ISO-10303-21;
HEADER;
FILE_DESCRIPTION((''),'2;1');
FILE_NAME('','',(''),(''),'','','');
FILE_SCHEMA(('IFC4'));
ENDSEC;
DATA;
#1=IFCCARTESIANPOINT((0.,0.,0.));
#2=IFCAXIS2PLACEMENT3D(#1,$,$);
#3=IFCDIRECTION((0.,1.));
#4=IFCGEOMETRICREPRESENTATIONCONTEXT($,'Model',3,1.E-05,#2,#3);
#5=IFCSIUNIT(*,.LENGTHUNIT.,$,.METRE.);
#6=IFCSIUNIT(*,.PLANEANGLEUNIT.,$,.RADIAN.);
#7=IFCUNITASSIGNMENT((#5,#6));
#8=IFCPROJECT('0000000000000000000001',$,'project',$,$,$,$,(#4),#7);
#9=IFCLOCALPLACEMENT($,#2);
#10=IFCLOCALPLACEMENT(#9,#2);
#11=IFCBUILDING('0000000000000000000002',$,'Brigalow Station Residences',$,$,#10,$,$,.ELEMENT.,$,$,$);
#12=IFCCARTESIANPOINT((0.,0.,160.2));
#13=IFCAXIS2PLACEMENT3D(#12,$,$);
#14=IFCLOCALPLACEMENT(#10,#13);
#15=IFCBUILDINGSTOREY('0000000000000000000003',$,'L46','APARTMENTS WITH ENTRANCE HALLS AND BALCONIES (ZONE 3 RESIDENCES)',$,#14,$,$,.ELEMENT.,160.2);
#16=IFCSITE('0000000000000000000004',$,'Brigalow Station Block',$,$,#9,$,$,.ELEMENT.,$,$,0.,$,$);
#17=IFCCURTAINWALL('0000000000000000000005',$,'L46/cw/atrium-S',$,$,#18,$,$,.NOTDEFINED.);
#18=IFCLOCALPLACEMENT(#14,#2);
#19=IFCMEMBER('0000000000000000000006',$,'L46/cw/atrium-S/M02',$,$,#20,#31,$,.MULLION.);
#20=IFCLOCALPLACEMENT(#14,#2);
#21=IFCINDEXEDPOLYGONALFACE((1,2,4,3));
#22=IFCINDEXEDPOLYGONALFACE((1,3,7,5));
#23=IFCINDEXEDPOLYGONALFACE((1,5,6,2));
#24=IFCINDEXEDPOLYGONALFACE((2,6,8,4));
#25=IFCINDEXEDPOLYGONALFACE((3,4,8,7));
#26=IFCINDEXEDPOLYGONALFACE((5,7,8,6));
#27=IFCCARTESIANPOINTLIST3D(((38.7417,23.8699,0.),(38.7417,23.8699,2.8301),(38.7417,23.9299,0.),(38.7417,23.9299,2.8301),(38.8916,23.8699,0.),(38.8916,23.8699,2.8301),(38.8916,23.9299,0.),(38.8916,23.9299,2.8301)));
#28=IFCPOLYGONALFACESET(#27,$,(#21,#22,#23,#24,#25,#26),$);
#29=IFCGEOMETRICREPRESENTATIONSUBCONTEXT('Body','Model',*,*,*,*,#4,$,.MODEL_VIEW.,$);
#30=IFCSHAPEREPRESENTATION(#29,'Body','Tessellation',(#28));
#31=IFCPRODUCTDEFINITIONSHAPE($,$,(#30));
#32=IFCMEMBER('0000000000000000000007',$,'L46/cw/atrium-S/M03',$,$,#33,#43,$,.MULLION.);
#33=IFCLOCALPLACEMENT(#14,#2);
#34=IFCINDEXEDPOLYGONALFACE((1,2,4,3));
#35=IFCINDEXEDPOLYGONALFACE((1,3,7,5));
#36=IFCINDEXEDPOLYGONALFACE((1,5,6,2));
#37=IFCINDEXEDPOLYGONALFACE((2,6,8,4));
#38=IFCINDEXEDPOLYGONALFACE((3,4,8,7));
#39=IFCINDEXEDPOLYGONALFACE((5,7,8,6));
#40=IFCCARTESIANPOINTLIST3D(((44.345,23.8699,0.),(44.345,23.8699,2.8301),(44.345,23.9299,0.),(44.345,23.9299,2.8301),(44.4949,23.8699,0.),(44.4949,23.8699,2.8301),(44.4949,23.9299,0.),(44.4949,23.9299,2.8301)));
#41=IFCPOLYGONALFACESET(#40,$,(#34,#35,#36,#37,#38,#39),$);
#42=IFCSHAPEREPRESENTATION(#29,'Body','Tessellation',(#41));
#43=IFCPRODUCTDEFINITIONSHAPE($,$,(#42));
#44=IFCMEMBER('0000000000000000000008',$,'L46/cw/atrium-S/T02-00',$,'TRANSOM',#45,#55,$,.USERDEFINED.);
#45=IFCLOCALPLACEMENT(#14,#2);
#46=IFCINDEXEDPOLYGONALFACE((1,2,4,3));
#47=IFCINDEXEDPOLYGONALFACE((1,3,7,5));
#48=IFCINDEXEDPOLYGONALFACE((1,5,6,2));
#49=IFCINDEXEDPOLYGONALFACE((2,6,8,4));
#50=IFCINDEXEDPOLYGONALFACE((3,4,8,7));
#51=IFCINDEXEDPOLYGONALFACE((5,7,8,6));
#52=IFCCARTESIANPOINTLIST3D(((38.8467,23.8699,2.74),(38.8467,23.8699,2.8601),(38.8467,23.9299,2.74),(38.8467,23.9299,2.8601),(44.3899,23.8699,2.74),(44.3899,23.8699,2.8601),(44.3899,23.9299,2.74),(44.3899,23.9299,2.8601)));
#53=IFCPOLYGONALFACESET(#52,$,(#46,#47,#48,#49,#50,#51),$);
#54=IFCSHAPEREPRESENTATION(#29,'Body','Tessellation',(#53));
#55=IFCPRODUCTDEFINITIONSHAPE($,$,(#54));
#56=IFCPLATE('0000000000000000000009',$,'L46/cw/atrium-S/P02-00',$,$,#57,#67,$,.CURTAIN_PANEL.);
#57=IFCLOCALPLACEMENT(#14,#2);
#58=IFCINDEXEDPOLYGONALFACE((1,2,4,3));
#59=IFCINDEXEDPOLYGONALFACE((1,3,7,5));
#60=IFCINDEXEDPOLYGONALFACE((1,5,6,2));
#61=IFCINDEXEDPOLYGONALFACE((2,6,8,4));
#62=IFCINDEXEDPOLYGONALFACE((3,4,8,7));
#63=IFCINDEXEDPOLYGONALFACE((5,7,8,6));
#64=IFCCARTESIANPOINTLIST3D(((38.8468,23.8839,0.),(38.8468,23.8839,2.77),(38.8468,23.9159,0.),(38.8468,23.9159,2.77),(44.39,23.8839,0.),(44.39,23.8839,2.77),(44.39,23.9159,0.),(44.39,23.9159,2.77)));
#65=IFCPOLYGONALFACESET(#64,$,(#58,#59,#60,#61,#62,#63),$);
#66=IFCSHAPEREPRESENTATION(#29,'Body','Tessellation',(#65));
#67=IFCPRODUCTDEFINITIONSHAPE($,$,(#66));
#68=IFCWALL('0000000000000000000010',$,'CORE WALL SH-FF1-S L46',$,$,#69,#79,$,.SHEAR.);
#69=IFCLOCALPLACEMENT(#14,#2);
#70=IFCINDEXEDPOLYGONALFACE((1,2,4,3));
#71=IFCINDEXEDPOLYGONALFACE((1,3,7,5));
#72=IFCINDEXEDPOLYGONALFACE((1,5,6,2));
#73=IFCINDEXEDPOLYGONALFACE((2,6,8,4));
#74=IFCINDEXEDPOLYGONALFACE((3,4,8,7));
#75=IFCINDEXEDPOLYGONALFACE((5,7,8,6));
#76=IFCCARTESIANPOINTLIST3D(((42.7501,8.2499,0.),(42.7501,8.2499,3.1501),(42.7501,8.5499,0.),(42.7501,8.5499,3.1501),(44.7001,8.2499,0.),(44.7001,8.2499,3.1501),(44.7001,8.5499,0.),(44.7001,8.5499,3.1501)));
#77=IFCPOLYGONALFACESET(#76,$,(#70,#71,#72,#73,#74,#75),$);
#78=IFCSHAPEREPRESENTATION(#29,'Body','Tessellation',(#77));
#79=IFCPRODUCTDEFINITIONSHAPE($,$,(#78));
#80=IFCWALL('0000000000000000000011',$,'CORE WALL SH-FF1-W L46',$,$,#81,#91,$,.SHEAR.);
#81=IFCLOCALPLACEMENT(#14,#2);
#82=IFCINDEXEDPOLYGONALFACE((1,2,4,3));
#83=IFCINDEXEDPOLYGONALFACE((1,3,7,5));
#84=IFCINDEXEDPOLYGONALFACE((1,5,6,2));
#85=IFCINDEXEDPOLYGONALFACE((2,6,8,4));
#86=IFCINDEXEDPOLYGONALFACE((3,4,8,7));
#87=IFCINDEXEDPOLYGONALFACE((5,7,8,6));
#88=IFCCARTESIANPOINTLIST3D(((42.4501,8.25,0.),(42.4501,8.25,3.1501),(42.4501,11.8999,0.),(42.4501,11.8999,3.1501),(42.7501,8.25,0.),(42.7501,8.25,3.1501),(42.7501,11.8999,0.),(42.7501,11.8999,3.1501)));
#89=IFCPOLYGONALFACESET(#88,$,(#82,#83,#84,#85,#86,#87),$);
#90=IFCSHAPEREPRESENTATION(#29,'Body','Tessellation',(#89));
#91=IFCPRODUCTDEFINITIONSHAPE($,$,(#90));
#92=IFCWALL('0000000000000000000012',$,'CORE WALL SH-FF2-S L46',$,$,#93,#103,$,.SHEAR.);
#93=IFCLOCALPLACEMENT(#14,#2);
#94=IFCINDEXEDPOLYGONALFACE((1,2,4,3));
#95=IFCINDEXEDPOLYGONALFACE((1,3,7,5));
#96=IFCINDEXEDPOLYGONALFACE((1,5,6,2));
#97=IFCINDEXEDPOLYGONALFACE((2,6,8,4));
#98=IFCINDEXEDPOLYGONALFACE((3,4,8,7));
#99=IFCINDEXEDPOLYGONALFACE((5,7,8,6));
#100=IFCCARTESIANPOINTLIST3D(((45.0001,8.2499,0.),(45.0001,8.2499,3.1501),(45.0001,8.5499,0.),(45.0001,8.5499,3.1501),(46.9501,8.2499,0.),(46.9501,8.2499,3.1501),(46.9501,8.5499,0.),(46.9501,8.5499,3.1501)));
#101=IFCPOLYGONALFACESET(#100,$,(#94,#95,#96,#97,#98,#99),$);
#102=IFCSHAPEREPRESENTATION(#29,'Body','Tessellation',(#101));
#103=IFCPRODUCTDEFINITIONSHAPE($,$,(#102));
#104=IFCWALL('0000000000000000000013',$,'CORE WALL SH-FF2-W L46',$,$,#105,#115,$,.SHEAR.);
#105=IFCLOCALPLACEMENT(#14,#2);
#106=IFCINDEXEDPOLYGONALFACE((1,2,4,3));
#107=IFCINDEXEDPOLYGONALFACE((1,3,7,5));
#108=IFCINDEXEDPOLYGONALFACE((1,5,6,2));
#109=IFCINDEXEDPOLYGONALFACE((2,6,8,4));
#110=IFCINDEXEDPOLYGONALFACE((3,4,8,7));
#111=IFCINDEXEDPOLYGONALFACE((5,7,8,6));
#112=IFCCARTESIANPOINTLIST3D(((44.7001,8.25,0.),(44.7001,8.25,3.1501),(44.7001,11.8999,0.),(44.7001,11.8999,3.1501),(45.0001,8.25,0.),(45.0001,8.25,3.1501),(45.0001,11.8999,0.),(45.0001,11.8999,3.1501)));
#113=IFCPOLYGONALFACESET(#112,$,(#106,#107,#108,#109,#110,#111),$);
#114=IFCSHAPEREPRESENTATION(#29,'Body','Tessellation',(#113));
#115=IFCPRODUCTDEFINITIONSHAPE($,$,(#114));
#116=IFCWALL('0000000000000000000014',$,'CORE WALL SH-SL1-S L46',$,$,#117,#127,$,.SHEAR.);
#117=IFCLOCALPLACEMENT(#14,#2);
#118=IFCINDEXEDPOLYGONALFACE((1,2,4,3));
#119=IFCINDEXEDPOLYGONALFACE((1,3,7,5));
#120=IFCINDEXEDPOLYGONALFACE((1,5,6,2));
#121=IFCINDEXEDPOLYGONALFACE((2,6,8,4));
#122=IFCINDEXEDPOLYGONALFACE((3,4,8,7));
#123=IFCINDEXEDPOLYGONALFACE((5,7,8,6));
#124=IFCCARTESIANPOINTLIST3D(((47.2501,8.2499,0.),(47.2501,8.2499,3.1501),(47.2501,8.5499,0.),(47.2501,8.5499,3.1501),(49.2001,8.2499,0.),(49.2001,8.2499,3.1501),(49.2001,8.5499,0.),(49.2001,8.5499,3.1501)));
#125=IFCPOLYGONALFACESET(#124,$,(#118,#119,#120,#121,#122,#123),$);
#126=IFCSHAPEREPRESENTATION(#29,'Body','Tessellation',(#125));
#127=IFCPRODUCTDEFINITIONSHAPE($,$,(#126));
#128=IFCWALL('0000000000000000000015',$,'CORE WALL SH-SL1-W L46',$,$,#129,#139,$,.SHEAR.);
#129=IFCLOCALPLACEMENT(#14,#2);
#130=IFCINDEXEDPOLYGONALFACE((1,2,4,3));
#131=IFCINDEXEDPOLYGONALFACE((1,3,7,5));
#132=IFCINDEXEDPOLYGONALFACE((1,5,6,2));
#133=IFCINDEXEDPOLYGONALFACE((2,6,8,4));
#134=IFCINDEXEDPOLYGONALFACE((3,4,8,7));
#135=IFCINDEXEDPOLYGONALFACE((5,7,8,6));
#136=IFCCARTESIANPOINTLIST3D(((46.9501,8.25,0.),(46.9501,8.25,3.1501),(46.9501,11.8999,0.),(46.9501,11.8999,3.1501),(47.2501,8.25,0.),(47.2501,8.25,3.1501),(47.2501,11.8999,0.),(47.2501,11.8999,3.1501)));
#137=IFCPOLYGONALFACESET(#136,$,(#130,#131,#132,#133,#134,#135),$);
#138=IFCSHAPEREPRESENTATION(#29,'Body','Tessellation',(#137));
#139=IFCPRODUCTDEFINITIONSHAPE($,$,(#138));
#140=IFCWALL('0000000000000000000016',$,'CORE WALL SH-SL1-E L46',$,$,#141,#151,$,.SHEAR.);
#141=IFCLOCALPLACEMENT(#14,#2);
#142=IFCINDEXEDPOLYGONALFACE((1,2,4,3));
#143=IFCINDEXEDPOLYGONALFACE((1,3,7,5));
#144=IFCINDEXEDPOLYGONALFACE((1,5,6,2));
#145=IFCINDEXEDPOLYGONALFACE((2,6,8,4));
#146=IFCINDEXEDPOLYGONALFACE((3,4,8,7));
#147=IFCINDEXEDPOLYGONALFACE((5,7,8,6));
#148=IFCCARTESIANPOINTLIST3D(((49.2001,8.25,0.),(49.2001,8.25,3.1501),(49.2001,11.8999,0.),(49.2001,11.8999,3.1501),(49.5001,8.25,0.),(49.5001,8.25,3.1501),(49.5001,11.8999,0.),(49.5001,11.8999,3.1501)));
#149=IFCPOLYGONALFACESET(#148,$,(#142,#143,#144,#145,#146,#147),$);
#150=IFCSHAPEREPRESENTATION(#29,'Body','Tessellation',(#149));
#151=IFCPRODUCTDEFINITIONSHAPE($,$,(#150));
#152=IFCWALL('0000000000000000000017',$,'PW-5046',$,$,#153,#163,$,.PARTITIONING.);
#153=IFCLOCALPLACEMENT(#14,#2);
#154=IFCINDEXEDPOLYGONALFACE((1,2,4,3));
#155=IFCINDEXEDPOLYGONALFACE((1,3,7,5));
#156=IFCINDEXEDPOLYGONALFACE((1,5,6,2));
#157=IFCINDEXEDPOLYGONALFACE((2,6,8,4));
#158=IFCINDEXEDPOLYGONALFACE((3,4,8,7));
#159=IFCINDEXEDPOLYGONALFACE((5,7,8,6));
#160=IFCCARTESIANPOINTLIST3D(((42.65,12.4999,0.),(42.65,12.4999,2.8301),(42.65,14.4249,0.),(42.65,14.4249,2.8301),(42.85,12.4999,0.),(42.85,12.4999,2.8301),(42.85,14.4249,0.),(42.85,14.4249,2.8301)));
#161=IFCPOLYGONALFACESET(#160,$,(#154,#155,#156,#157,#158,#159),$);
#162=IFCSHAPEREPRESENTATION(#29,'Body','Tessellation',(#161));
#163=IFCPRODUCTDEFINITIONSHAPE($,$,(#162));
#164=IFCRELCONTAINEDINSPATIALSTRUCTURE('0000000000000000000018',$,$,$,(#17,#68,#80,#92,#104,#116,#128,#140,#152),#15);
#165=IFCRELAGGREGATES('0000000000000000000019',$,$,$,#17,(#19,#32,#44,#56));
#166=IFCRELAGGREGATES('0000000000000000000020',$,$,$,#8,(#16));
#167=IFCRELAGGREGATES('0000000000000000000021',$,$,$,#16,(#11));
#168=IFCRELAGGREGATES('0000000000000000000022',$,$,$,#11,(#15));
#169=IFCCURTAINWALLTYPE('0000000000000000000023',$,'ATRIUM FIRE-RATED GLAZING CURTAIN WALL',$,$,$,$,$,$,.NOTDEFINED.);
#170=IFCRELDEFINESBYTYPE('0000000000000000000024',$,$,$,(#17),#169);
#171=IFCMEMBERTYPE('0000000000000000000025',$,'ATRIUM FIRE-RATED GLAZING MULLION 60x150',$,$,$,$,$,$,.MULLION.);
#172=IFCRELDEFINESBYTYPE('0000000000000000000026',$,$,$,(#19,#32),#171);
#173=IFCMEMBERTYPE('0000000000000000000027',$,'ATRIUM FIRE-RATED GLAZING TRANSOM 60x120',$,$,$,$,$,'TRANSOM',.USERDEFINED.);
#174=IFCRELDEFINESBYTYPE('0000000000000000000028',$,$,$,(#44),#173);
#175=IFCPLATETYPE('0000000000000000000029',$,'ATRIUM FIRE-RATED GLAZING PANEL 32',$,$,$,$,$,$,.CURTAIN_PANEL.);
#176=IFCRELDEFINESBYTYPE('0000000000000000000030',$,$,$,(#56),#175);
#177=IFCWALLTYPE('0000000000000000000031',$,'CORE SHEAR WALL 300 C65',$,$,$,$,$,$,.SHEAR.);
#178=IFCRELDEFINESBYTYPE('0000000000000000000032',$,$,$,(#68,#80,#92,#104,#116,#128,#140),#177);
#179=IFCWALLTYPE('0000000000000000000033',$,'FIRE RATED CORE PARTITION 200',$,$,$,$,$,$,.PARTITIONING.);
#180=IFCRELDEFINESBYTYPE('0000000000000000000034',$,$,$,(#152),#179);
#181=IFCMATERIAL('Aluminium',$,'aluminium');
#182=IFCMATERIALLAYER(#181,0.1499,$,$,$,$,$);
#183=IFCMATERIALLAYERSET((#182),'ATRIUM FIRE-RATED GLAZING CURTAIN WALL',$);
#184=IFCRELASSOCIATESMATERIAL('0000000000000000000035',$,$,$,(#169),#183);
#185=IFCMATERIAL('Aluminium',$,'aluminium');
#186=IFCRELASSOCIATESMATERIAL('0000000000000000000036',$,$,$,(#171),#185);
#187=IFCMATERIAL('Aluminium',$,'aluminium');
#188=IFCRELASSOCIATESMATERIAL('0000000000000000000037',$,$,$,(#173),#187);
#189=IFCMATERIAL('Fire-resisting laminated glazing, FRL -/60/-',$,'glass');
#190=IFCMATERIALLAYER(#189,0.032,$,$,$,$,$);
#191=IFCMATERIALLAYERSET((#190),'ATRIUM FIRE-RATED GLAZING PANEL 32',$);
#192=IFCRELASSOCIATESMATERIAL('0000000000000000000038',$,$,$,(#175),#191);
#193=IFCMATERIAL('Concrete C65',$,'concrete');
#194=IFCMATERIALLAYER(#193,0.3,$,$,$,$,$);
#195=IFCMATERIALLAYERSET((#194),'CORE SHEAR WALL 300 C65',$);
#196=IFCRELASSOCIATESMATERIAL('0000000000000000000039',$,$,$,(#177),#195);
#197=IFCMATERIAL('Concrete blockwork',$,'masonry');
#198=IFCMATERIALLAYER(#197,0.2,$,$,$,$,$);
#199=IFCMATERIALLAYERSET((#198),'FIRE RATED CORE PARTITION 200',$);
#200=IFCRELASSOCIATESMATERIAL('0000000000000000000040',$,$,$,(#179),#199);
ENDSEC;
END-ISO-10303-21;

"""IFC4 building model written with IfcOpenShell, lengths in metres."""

from ifc_helpers import new_model, si_unit, direction, frame, frame_2d, origin, origin_2d, place, context, subcontext, project, spatial, rectangle, extrude, material, layer, layer_set, material_profile, profile_set, type_object, element, aggregate, save


model = new_model("IFC4")

# Units and contexts
model_context = context("Model", 3, precision=1e-05, world=origin(), true_north=direction((0.0, 1.0)))
body_context = subcontext(model_context, "Body", "Model", "MODEL_VIEW")
ifc_project = project(units=[si_unit("LENGTHUNIT", "METRE"), si_unit("PLANEANGLEUNIT", "RADIAN")], contexts=[model_context])

# Site, building, storey
site_placement = place(None, origin())
site = spatial("IfcSite", under=ifc_project, at=site_placement, Name="Brigalow Station Block", CompositionType="ELEMENT", RefElevation=0.0)
building_placement = place(site_placement, origin())
building = spatial("IfcBuilding", under=site, at=building_placement, Name="Brigalow Station Residences", CompositionType="ELEMENT")
storey_placement = place(building_placement, frame((0.0, 0.0, 160.2)))
storey = spatial("IfcBuildingStorey", under=building, at=storey_placement, Name="L46", Description="APARTMENTS WITH ENTRANCE HALLS AND BALCONIES (ZONE 3 RESIDENCES)", CompositionType="ELEMENT", Elevation=160.2)

# Curtain wall, members, plate
ifc_material_1 = material(Name="Aluminium", Category="aluminium")
ifc_layer_1 = layer(ifc_material_1, 0.1499)
ifc_layer_set_1 = layer_set([ifc_layer_1], Name="ATRIUM FIRE-RATED GLAZING CURTAIN WALL")
curtain_wall_type = type_object("IfcCurtainWallType", Name="ATRIUM FIRE-RATED GLAZING CURTAIN WALL", PredefinedType="NOTDEFINED", material=ifc_layer_set_1)
curtain_wall_placement = place(storey_placement, origin())
curtain_wall = element("IfcCurtainWall", 1, at=curtain_wall_placement, inside=storey, type_object=curtain_wall_type, Name="L46/cw/atrium-S", PredefinedType="NOTDEFINED")
ifc_material_2 = material(Name="Aluminium", Category="aluminium")
ifc_material_profile_1 = material_profile(ifc_material_2, rectangle(XDim=0.0601, YDim=0.1499, at=origin_2d()), Name="ATRIUM FIRE-RATED GLAZING MULLION 60x150")
ifc_profile_set_1 = profile_set([ifc_material_profile_1], Name="Aluminium")
member_type_1 = type_object("IfcMemberType", Name="ATRIUM FIRE-RATED GLAZING MULLION 60x150", PredefinedType="MULLION", material=ifc_profile_set_1)
member_1_placement = place(storey_placement, frame((38.8167, 23.8999, 0.0), z_axis=(0.0, 0.0, 1.0), x_axis=(0.0, 1.0, 0.0)))
member_1 = element("IfcMember", 2, at=member_1_placement, type_object=member_type_1, Name="L46/cw/atrium-S/M02", PredefinedType="MULLION", context=body_context, shape_type="SweptSolid", body=[
    extrude(rectangle(XDim=0.0601, YDim=0.1499, at=origin_2d()), origin(), (0.0, 0.0, 1.0), 2.8301),
])
member_2_placement = place(storey_placement, frame((44.4199, 23.8999, 0.0), z_axis=(0.0, 0.0, 1.0), x_axis=(0.0, 1.0, 0.0)))
member_2 = element("IfcMember", 3, at=member_2_placement, type_object=member_type_1, Name="L46/cw/atrium-S/M03", PredefinedType="MULLION", context=body_context, shape_type="SweptSolid", body=[
    extrude(rectangle(XDim=0.0601, YDim=0.1499, at=origin_2d()), origin(), (0.0, 0.0, 1.0), 2.8301),
])
ifc_material_3 = material(Name="Aluminium", Category="aluminium")
ifc_material_profile_2 = material_profile(ifc_material_3, rectangle(XDim=0.0601, YDim=0.1201, at=origin_2d()), Name="ATRIUM FIRE-RATED GLAZING TRANSOM 60x120")
ifc_profile_set_2 = profile_set([ifc_material_profile_2], Name="Aluminium")
member_type_2 = type_object("IfcMemberType", Name="ATRIUM FIRE-RATED GLAZING TRANSOM 60x120", ElementType="TRANSOM", PredefinedType="USERDEFINED", material=ifc_profile_set_2)
member_3_placement = place(storey_placement, frame((38.8467, 23.8999, 2.8), z_axis=(1.0, 0.0, 0.0), x_axis=(0.0, 1.0, 0.0)))
member_3 = element("IfcMember", 4, at=member_3_placement, type_object=member_type_2, Name="L46/cw/atrium-S/T02-00", ObjectType="TRANSOM", PredefinedType="USERDEFINED", context=body_context, shape_type="SweptSolid", body=[
    extrude(rectangle(XDim=0.0601, YDim=0.1201, at=origin_2d()), origin(), (0.0, 0.0, 1.0), 5.5432),
])
ifc_material_4 = material(Name="Fire-resisting laminated glazing, FRL -/60/-", Category="glass")
ifc_layer_2 = layer(ifc_material_4, 0.032)
ifc_layer_set_2 = layer_set([ifc_layer_2], Name="ATRIUM FIRE-RATED GLAZING PANEL 32")
plate_type = type_object("IfcPlateType", Name="ATRIUM FIRE-RATED GLAZING PANEL 32", PredefinedType="CURTAIN_PANEL", material=ifc_layer_set_2)
plate_placement = place(storey_placement, frame((41.6184, 23.8999, 0.0), z_axis=(0.0, 0.0, 1.0), x_axis=(1.0, 0.0, 0.0)))
plate = element("IfcPlate", 5, at=plate_placement, type_object=plate_type, Name="L46/cw/atrium-S/P02-00", PredefinedType="CURTAIN_PANEL", context=body_context, shape_type="SweptSolid", body=[
    extrude(rectangle(XDim=5.5432, YDim=0.032, at=origin_2d()), origin(), (0.0, 0.0, 1.0), 2.77),
])
aggregate(curtain_wall, [member_1, member_2, member_3, plate])

# Walls
ifc_material_5 = material(Name="Concrete C65", Category="concrete")
ifc_layer_3 = layer(ifc_material_5, 0.3)
ifc_layer_set_3 = layer_set([ifc_layer_3], Name="CORE SHEAR WALL 300 C65")
wall_type_1 = type_object("IfcWallType", Name="CORE SHEAR WALL 300 C65", PredefinedType="SHEAR", material=ifc_layer_set_3)
wall_1_placement = place(storey_placement, frame((42.75, 8.3999, 0.0), z_axis=(0.0, 0.0, 1.0), x_axis=(1.0, 0.0, 0.0)))
element("IfcWall", 6, at=wall_1_placement, inside=storey, type_object=wall_type_1, Name="CORE WALL SH-FF1-S L46", PredefinedType="SHEAR", context=body_context, shape_type="SweptSolid", body=[
    extrude(rectangle(XDim=1.95, YDim=0.3, at=frame_2d((0.9751, 0.0))), origin(), (0.0, 0.0, 1.0), 3.1501),
])
wall_2_placement = place(storey_placement, frame((42.6001, 8.25, 0.0), z_axis=(0.0, 0.0, 1.0), x_axis=(0.0, 1.0, 0.0)))
element("IfcWall", 7, at=wall_2_placement, inside=storey, type_object=wall_type_1, Name="CORE WALL SH-FF1-W L46", PredefinedType="SHEAR", context=body_context, shape_type="SweptSolid", body=[
    extrude(rectangle(XDim=3.6499, YDim=0.3, at=frame_2d((1.825, 0.0))), origin(), (0.0, 0.0, 1.0), 3.1501),
])
wall_3_placement = place(storey_placement, frame((45.0, 8.3999, 0.0), z_axis=(0.0, 0.0, 1.0), x_axis=(1.0, 0.0, 0.0)))
element("IfcWall", 8, at=wall_3_placement, inside=storey, type_object=wall_type_1, Name="CORE WALL SH-FF2-S L46", PredefinedType="SHEAR", context=body_context, shape_type="SweptSolid", body=[
    extrude(rectangle(XDim=1.95, YDim=0.3, at=frame_2d((0.9751, 0.0))), origin(), (0.0, 0.0, 1.0), 3.1501),
])
wall_4_placement = place(storey_placement, frame((44.8501, 8.25, 0.0), z_axis=(0.0, 0.0, 1.0), x_axis=(0.0, 1.0, 0.0)))
element("IfcWall", 9, at=wall_4_placement, inside=storey, type_object=wall_type_1, Name="CORE WALL SH-FF2-W L46", PredefinedType="SHEAR", context=body_context, shape_type="SweptSolid", body=[
    extrude(rectangle(XDim=3.6499, YDim=0.3, at=frame_2d((1.825, 0.0))), origin(), (0.0, 0.0, 1.0), 3.1501),
])
wall_5_placement = place(storey_placement, frame((47.25, 8.3999, 0.0), z_axis=(0.0, 0.0, 1.0), x_axis=(1.0, 0.0, 0.0)))
element("IfcWall", 10, at=wall_5_placement, inside=storey, type_object=wall_type_1, Name="CORE WALL SH-SL1-S L46", PredefinedType="SHEAR", context=body_context, shape_type="SweptSolid", body=[
    extrude(rectangle(XDim=1.95, YDim=0.3, at=frame_2d((0.9751, 0.0))), origin(), (0.0, 0.0, 1.0), 3.1501),
])
for number, where, z_axis, x_axis, name in (
    (11, (47.1001, 8.25, 0.0), (0.0, 0.0, 1.0), (0.0, 1.0, 0.0), "CORE WALL SH-SL1-W L46"),
    (12, (49.3501, 8.25, 0.0), (0.0, 0.0, 1.0), (0.0, 1.0, 0.0), "CORE WALL SH-SL1-E L46"),
):
    element("IfcWall", number, at=place(storey_placement, frame(where, z_axis=z_axis, x_axis=x_axis)), inside=storey, type_object=wall_type_1, Name=name, PredefinedType="SHEAR", context=body_context, shape_type="SweptSolid", body=[
        extrude(rectangle(XDim=3.6499, YDim=0.3, at=frame_2d((1.825, 0.0))), origin(), (0.0, 0.0, 1.0), 3.1501),
    ])
ifc_material_6 = material(Name="Concrete blockwork", Category="masonry")
ifc_layer_4 = layer(ifc_material_6, 0.2)
ifc_layer_set_4 = layer_set([ifc_layer_4], Name="FIRE RATED CORE PARTITION 200")
wall_type_2 = type_object("IfcWallType", Name="FIRE RATED CORE PARTITION 200", PredefinedType="PARTITIONING", material=ifc_layer_set_4)
wall_6_placement = place(storey_placement, frame((42.75, 12.5, 0.0), z_axis=(0.0, 0.0, 1.0), x_axis=(0.0, 1.0, 0.0)))
element("IfcWall", 13, at=wall_6_placement, inside=storey, type_object=wall_type_2, Name="PW-5046", PredefinedType="PARTITIONING", context=body_context, shape_type="SweptSolid", body=[
    extrude(rectangle(XDim=1.925, YDim=0.2, at=frame_2d((0.9624, 0.0))), origin(), (0.0, 0.0, 1.0), 2.8301),
])

save(model, "model.ifc")
